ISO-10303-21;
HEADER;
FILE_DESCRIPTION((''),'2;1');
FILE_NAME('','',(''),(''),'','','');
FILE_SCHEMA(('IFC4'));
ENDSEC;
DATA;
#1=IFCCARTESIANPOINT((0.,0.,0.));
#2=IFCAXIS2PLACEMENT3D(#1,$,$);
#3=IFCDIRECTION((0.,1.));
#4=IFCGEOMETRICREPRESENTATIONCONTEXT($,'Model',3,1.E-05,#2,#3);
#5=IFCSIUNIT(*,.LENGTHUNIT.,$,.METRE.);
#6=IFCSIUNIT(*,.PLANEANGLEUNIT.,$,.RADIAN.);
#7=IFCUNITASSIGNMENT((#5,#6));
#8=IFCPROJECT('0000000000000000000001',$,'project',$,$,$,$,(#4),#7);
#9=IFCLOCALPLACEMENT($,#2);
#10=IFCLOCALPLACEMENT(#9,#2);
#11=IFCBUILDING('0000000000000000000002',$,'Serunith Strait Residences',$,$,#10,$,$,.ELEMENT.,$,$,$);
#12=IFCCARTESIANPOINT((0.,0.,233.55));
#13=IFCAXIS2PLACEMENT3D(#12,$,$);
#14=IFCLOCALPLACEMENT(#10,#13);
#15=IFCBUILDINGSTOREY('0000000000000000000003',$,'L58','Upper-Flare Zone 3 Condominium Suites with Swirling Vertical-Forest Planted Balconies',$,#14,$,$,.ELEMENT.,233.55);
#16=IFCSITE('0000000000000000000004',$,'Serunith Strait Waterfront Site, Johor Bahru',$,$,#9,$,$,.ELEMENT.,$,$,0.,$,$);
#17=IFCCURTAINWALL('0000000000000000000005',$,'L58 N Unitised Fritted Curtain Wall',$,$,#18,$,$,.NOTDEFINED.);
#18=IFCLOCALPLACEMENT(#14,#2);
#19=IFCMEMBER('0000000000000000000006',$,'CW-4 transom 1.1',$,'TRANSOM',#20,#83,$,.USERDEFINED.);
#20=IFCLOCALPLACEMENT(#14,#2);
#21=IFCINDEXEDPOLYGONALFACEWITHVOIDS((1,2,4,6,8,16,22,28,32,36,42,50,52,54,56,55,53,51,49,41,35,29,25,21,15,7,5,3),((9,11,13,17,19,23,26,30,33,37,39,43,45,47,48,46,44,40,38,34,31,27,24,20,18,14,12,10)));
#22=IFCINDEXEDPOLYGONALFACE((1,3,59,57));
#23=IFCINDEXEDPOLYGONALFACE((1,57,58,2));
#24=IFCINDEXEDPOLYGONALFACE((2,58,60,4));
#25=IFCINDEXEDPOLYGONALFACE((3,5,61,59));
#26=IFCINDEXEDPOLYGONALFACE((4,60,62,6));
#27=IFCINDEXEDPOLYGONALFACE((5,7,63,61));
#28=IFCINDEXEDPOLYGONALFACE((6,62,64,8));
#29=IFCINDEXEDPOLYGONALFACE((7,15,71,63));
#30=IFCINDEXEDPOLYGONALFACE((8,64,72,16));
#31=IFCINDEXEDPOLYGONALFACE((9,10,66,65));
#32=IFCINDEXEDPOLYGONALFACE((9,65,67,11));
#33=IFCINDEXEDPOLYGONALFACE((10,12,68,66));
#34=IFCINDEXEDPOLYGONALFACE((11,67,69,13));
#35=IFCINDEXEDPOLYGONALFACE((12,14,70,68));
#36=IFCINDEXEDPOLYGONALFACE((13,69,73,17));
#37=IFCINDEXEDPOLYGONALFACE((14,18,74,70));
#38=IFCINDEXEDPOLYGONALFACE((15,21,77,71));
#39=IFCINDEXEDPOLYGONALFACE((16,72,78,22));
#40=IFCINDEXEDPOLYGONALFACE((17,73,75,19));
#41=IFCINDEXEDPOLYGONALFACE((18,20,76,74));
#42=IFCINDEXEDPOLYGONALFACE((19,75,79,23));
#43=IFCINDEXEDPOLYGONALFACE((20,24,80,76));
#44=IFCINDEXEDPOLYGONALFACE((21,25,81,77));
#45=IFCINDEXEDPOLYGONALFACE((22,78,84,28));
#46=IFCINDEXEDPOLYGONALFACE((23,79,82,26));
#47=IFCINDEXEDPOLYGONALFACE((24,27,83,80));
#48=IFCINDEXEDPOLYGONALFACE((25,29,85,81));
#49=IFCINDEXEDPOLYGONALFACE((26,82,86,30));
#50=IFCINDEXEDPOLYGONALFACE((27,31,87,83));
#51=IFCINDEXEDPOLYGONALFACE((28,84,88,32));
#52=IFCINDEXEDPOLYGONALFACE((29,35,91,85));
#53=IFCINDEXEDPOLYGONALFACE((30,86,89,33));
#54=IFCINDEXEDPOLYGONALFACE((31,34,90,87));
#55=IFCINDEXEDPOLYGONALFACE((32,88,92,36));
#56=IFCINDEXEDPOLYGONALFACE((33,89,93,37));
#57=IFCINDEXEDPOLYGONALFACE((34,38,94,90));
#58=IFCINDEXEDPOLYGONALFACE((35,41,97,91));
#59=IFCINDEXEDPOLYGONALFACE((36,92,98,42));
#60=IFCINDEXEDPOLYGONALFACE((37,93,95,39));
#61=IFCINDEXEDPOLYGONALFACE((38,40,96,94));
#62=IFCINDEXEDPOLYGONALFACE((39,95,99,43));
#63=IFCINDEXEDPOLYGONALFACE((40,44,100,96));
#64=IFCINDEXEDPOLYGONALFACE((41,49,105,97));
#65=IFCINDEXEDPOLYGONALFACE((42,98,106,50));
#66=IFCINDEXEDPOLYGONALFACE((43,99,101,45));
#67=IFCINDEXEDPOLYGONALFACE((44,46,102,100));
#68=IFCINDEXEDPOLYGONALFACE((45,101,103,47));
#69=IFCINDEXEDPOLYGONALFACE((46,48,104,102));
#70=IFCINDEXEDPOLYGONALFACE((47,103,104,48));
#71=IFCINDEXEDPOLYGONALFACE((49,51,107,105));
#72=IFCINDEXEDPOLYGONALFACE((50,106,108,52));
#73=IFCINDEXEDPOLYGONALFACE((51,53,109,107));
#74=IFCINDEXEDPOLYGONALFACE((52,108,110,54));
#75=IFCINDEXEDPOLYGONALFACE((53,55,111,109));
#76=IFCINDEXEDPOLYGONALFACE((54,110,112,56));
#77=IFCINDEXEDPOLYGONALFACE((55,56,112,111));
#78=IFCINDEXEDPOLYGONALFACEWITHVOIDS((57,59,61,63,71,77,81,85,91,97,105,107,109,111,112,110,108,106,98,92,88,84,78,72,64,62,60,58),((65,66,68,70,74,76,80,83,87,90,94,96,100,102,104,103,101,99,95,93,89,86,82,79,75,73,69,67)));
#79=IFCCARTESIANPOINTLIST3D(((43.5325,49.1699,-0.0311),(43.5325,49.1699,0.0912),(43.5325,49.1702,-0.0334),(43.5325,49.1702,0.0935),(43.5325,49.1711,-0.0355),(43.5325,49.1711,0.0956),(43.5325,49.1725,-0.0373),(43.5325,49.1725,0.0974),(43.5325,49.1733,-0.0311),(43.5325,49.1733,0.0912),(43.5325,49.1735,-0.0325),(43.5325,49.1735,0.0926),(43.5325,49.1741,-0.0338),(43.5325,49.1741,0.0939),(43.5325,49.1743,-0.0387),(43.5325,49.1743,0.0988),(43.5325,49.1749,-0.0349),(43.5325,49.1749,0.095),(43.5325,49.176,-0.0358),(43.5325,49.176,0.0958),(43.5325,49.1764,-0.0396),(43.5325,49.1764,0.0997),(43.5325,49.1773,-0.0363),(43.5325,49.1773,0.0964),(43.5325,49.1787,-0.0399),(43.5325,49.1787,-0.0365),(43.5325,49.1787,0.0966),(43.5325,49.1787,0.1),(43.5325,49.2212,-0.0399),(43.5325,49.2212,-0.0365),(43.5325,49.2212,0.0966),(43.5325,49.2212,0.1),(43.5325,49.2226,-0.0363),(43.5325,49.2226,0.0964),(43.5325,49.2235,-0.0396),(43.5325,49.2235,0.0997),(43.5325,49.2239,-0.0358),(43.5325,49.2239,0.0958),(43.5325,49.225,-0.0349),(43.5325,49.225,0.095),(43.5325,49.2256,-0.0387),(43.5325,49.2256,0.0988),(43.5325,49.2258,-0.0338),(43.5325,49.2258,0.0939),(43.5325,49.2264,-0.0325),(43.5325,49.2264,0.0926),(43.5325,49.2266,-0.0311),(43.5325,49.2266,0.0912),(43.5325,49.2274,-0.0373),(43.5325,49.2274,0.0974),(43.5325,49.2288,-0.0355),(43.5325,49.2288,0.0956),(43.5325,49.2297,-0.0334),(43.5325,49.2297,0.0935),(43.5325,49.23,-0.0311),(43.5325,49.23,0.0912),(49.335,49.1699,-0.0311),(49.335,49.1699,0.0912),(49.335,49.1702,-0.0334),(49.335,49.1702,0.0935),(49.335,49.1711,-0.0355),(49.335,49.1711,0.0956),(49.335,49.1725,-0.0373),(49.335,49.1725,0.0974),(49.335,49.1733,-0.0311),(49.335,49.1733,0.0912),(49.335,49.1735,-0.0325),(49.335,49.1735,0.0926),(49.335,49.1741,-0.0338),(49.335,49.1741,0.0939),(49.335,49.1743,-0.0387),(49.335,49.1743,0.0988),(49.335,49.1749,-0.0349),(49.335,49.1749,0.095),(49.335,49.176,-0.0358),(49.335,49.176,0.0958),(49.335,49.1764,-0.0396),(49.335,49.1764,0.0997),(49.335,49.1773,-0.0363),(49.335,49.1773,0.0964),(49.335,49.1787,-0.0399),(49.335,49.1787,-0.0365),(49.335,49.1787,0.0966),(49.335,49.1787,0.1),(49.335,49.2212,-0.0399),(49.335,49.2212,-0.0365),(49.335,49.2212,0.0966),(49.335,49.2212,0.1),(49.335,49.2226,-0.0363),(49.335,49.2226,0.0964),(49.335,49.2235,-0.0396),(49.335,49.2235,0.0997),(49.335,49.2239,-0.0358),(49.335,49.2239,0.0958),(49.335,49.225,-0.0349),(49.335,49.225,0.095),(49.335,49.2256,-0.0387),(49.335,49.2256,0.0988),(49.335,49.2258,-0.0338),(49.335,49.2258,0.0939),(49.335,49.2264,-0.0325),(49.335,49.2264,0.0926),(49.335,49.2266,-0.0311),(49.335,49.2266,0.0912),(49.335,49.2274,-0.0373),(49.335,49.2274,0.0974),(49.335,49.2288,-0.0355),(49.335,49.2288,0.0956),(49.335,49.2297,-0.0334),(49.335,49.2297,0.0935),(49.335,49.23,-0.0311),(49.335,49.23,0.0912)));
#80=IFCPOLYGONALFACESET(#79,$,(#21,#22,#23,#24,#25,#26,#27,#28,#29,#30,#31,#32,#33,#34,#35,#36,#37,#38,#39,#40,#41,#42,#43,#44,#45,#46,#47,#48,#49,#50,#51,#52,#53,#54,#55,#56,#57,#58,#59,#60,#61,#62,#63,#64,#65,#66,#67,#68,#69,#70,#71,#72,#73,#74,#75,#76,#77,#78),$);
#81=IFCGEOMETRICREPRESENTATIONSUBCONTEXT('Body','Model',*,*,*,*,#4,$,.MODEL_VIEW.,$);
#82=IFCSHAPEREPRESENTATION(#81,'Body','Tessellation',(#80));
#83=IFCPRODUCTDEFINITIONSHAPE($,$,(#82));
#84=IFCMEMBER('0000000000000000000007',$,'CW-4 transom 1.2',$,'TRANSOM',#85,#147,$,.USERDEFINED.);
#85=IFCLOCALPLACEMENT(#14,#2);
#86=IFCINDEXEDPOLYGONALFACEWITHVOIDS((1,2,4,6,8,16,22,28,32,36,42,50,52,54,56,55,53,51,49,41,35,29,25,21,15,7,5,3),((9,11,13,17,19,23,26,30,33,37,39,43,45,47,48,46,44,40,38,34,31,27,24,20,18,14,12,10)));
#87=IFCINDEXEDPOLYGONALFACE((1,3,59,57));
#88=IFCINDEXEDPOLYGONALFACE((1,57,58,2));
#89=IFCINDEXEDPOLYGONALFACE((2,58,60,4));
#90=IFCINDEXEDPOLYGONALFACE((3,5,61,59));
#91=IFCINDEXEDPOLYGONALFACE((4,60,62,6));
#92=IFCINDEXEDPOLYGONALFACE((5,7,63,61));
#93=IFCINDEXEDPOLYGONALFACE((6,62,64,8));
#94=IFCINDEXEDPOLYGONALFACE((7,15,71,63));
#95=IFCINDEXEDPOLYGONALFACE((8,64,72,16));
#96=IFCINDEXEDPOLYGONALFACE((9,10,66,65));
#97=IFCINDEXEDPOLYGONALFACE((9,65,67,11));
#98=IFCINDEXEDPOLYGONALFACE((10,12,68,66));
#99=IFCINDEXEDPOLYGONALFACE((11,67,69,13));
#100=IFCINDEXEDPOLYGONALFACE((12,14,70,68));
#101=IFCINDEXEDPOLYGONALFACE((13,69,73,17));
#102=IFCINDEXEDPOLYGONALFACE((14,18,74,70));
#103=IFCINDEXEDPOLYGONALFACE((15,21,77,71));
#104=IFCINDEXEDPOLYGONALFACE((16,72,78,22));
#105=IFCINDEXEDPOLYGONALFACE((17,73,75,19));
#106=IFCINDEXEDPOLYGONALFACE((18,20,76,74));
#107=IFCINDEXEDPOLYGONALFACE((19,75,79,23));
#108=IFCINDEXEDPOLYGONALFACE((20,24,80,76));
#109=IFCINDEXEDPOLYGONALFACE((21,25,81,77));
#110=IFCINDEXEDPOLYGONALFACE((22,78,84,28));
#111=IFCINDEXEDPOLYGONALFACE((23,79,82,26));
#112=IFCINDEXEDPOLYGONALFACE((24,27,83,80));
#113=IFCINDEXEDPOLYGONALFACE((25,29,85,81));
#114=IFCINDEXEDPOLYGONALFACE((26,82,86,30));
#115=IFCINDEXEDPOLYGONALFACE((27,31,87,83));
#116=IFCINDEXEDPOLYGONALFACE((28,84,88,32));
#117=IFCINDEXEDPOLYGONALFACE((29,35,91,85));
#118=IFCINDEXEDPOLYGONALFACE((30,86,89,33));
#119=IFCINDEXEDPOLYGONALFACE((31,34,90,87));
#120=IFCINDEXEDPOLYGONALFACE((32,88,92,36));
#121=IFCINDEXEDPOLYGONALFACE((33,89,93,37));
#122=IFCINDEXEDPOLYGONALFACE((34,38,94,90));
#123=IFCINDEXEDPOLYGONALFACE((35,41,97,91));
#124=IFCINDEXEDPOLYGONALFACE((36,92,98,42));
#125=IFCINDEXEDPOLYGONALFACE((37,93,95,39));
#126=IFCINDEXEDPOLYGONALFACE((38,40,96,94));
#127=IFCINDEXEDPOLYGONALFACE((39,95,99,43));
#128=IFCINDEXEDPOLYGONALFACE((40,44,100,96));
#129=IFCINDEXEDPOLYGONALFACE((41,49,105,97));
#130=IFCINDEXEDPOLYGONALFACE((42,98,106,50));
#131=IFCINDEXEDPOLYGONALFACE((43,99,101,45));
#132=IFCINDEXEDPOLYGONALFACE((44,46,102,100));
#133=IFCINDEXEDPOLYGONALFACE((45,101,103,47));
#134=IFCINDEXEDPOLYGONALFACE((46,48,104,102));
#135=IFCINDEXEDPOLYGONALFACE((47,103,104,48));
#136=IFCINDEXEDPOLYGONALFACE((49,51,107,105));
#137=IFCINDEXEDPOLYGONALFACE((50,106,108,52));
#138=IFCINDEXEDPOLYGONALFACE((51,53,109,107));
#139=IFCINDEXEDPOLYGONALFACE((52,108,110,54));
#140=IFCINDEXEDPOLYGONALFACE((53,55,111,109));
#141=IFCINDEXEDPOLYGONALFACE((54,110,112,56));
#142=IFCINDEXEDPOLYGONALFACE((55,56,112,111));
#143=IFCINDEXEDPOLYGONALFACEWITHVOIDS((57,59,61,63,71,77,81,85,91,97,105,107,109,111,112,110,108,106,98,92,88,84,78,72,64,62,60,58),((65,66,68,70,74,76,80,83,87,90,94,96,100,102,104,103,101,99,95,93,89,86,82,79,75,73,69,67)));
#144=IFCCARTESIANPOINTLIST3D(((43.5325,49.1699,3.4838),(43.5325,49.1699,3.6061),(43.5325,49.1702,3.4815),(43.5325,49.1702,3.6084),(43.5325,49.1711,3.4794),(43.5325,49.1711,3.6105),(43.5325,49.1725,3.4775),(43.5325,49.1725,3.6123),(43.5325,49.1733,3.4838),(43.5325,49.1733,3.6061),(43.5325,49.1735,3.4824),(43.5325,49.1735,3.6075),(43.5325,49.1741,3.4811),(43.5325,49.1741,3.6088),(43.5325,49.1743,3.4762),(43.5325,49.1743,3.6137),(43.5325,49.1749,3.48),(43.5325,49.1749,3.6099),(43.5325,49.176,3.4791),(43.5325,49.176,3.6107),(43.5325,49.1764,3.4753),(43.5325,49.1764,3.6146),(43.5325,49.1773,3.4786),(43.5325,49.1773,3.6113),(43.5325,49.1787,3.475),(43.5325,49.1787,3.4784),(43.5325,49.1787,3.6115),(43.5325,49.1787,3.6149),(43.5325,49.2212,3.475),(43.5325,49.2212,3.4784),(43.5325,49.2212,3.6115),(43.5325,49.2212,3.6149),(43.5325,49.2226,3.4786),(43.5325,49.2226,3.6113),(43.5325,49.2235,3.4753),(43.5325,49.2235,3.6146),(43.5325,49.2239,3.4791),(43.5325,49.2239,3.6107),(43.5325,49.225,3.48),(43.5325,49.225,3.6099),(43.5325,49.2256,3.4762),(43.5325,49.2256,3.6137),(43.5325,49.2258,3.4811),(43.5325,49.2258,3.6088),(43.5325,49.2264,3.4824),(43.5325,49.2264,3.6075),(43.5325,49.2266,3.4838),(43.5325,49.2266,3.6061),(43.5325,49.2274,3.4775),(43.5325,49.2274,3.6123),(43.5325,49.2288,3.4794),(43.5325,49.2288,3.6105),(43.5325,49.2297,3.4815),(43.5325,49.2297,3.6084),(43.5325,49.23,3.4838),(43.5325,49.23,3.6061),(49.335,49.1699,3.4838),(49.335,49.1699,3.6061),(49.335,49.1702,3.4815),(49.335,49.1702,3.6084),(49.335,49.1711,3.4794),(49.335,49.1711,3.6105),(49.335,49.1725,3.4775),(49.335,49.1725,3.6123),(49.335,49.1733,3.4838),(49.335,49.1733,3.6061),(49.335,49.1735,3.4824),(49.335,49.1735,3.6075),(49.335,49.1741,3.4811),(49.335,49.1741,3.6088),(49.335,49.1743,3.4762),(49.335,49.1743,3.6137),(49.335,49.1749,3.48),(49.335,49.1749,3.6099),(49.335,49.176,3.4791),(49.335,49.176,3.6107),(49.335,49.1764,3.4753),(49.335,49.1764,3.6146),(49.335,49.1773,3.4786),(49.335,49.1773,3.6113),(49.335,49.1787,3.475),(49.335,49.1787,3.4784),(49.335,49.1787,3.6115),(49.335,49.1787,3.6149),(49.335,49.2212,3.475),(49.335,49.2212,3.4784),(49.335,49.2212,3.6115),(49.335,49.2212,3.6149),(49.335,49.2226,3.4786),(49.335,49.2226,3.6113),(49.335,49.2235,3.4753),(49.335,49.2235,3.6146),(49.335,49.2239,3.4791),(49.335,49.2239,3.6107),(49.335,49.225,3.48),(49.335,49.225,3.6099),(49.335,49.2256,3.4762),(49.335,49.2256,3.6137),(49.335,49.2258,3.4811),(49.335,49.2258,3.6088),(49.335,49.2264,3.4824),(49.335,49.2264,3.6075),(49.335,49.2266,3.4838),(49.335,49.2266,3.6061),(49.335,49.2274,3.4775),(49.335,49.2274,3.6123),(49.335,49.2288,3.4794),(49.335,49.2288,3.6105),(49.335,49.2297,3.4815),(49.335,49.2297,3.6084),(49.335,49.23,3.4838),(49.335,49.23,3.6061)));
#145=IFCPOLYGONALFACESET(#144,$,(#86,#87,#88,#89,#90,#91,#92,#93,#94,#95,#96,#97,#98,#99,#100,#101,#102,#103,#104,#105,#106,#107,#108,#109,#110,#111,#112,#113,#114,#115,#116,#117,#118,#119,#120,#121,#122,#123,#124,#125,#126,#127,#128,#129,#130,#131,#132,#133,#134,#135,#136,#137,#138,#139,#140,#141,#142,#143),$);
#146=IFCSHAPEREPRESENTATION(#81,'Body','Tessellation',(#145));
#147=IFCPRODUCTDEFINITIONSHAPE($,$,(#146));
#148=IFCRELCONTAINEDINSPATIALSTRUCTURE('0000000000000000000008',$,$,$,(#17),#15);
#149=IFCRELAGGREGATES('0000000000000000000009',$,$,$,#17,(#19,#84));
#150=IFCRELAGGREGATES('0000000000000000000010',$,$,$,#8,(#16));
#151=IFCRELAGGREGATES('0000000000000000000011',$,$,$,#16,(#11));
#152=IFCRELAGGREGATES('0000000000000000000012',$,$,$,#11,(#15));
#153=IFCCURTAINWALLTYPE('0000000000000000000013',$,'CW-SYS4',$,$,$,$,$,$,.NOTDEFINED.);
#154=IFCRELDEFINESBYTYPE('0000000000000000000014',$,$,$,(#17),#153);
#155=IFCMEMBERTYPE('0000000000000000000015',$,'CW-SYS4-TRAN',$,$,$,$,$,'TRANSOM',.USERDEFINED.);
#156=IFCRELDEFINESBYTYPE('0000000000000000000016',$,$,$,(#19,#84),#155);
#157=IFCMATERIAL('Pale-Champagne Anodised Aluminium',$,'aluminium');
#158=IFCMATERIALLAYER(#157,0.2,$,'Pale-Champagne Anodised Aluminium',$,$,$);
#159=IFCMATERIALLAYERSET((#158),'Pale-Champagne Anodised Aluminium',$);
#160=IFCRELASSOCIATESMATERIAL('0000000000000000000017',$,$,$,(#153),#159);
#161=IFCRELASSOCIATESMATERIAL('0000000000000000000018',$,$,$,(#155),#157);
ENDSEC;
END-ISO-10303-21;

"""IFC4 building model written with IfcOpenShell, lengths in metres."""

from ifc_helpers import new_model, si_unit, direction, frame, origin, origin_2d, place, context, subcontext, project, spatial, hollow_rectangle, extrude, source, transform, mapped, material, layer, layer_set, material_profile, profile_set, type_object, element, aggregate, save


model = new_model("IFC4")

# Units and contexts
model_context = context("Model", 3, precision=1e-05, world=origin(), true_north=direction((0.0, 1.0)))
body_context = subcontext(model_context, "Body", "Model", "MODEL_VIEW")
ifc_project = project(units=[si_unit("LENGTHUNIT", "METRE"), si_unit("PLANEANGLEUNIT", "RADIAN")], contexts=[model_context])

# Site, building, storey
site_placement = place(None, origin())
site = spatial("IfcSite", under=ifc_project, at=site_placement, Name="Serunith Strait Waterfront Site, Johor Bahru", CompositionType="ELEMENT", RefElevation=0.0)
building_placement = place(site_placement, origin())
building = spatial("IfcBuilding", under=site, at=building_placement, Name="Serunith Strait Residences", CompositionType="ELEMENT")
storey_placement = place(building_placement, frame((0.0, 0.0, 233.55)))
storey = spatial("IfcBuildingStorey", under=building, at=storey_placement, Name="L58", Description="Upper-Flare Zone 3 Condominium Suites with Swirling Vertical-Forest Planted Balconies", CompositionType="ELEMENT", Elevation=233.55)

# Shared definitions
ifc_material_1 = material(Name="Pale-Champagne Anodised Aluminium", Category="aluminium")
ifc_layer_1 = layer(ifc_material_1, 0.2, Name="Pale-Champagne Anodised Aluminium")
ifc_layer_set_1 = layer_set([ifc_layer_1], Name="Pale-Champagne Anodised Aluminium")
curtain_wall_type = type_object("IfcCurtainWallType", Name="CW-SYS4", PredefinedType="NOTDEFINED", material=ifc_layer_set_1)

# Curtain wall, members
curtain_wall_1_placement = place(storey_placement, origin())
curtain_wall_1 = element("IfcCurtainWall", 1, at=curtain_wall_1_placement, inside=storey, type_object=curtain_wall_type, Name="L58 N Unitised Fritted Curtain Wall", PredefinedType="NOTDEFINED")
ifc_material_profile_1 = material_profile(ifc_material_1, hollow_rectangle(XDim=0.0601, YDim=0.1399, WallThickness=0.0034, InnerFilletRadius=0.0054, OuterFilletRadius=0.0088, at=origin_2d()), Name="ALU 140x60x3.5")
ifc_profile_set_1 = profile_set([ifc_material_profile_1], Name="Pale-Champagne Anodised Aluminium")
member_type_1 = type_object("IfcMemberType", Name="CW-SYS4-TRAN", ElementType="TRANSOM", PredefinedType="USERDEFINED", material=ifc_profile_set_1)
shared_shape_1 = source(origin(), body_context, "Body", "SweptSolid", [
    extrude(hollow_rectangle(XDim=0.0601, YDim=0.1399, WallThickness=0.0034, InnerFilletRadius=0.0054, OuterFilletRadius=0.0088, at=origin_2d()), origin(), (0.0, 0.0, 1.0), 5.8025),
])
member_1_placement = place(storey_placement, frame((49.335, 49.2, 0.03), z_axis=(-1.0, 0.0, 0.0), x_axis=(0.0, -1.0, 0.0)))
member_1 = element("IfcMember", 2, at=member_1_placement, type_object=member_type_1, Name="CW-4 transom 1.1", ObjectType="TRANSOM", PredefinedType="USERDEFINED", context=body_context, shape_type="MappedRepresentation", body=[
    mapped(shared_shape_1, transform((0.0, 0.0, 0.0), scale=1.0)),
])
member_2_placement = place(storey_placement, frame((49.335, 49.2, 3.5449), z_axis=(-1.0, 0.0, 0.0), x_axis=(0.0, -1.0, 0.0)))
member_2 = element("IfcMember", 3, at=member_2_placement, type_object=member_type_1, Name="CW-4 transom 1.2", ObjectType="TRANSOM", PredefinedType="USERDEFINED", context=body_context, shape_type="MappedRepresentation", body=[
    mapped(shared_shape_1, transform((0.0, 0.0, 0.0), scale=1.0)),
])
aggregate(curtain_wall_1, [member_1, member_2])

save(model, "model.ifc")
